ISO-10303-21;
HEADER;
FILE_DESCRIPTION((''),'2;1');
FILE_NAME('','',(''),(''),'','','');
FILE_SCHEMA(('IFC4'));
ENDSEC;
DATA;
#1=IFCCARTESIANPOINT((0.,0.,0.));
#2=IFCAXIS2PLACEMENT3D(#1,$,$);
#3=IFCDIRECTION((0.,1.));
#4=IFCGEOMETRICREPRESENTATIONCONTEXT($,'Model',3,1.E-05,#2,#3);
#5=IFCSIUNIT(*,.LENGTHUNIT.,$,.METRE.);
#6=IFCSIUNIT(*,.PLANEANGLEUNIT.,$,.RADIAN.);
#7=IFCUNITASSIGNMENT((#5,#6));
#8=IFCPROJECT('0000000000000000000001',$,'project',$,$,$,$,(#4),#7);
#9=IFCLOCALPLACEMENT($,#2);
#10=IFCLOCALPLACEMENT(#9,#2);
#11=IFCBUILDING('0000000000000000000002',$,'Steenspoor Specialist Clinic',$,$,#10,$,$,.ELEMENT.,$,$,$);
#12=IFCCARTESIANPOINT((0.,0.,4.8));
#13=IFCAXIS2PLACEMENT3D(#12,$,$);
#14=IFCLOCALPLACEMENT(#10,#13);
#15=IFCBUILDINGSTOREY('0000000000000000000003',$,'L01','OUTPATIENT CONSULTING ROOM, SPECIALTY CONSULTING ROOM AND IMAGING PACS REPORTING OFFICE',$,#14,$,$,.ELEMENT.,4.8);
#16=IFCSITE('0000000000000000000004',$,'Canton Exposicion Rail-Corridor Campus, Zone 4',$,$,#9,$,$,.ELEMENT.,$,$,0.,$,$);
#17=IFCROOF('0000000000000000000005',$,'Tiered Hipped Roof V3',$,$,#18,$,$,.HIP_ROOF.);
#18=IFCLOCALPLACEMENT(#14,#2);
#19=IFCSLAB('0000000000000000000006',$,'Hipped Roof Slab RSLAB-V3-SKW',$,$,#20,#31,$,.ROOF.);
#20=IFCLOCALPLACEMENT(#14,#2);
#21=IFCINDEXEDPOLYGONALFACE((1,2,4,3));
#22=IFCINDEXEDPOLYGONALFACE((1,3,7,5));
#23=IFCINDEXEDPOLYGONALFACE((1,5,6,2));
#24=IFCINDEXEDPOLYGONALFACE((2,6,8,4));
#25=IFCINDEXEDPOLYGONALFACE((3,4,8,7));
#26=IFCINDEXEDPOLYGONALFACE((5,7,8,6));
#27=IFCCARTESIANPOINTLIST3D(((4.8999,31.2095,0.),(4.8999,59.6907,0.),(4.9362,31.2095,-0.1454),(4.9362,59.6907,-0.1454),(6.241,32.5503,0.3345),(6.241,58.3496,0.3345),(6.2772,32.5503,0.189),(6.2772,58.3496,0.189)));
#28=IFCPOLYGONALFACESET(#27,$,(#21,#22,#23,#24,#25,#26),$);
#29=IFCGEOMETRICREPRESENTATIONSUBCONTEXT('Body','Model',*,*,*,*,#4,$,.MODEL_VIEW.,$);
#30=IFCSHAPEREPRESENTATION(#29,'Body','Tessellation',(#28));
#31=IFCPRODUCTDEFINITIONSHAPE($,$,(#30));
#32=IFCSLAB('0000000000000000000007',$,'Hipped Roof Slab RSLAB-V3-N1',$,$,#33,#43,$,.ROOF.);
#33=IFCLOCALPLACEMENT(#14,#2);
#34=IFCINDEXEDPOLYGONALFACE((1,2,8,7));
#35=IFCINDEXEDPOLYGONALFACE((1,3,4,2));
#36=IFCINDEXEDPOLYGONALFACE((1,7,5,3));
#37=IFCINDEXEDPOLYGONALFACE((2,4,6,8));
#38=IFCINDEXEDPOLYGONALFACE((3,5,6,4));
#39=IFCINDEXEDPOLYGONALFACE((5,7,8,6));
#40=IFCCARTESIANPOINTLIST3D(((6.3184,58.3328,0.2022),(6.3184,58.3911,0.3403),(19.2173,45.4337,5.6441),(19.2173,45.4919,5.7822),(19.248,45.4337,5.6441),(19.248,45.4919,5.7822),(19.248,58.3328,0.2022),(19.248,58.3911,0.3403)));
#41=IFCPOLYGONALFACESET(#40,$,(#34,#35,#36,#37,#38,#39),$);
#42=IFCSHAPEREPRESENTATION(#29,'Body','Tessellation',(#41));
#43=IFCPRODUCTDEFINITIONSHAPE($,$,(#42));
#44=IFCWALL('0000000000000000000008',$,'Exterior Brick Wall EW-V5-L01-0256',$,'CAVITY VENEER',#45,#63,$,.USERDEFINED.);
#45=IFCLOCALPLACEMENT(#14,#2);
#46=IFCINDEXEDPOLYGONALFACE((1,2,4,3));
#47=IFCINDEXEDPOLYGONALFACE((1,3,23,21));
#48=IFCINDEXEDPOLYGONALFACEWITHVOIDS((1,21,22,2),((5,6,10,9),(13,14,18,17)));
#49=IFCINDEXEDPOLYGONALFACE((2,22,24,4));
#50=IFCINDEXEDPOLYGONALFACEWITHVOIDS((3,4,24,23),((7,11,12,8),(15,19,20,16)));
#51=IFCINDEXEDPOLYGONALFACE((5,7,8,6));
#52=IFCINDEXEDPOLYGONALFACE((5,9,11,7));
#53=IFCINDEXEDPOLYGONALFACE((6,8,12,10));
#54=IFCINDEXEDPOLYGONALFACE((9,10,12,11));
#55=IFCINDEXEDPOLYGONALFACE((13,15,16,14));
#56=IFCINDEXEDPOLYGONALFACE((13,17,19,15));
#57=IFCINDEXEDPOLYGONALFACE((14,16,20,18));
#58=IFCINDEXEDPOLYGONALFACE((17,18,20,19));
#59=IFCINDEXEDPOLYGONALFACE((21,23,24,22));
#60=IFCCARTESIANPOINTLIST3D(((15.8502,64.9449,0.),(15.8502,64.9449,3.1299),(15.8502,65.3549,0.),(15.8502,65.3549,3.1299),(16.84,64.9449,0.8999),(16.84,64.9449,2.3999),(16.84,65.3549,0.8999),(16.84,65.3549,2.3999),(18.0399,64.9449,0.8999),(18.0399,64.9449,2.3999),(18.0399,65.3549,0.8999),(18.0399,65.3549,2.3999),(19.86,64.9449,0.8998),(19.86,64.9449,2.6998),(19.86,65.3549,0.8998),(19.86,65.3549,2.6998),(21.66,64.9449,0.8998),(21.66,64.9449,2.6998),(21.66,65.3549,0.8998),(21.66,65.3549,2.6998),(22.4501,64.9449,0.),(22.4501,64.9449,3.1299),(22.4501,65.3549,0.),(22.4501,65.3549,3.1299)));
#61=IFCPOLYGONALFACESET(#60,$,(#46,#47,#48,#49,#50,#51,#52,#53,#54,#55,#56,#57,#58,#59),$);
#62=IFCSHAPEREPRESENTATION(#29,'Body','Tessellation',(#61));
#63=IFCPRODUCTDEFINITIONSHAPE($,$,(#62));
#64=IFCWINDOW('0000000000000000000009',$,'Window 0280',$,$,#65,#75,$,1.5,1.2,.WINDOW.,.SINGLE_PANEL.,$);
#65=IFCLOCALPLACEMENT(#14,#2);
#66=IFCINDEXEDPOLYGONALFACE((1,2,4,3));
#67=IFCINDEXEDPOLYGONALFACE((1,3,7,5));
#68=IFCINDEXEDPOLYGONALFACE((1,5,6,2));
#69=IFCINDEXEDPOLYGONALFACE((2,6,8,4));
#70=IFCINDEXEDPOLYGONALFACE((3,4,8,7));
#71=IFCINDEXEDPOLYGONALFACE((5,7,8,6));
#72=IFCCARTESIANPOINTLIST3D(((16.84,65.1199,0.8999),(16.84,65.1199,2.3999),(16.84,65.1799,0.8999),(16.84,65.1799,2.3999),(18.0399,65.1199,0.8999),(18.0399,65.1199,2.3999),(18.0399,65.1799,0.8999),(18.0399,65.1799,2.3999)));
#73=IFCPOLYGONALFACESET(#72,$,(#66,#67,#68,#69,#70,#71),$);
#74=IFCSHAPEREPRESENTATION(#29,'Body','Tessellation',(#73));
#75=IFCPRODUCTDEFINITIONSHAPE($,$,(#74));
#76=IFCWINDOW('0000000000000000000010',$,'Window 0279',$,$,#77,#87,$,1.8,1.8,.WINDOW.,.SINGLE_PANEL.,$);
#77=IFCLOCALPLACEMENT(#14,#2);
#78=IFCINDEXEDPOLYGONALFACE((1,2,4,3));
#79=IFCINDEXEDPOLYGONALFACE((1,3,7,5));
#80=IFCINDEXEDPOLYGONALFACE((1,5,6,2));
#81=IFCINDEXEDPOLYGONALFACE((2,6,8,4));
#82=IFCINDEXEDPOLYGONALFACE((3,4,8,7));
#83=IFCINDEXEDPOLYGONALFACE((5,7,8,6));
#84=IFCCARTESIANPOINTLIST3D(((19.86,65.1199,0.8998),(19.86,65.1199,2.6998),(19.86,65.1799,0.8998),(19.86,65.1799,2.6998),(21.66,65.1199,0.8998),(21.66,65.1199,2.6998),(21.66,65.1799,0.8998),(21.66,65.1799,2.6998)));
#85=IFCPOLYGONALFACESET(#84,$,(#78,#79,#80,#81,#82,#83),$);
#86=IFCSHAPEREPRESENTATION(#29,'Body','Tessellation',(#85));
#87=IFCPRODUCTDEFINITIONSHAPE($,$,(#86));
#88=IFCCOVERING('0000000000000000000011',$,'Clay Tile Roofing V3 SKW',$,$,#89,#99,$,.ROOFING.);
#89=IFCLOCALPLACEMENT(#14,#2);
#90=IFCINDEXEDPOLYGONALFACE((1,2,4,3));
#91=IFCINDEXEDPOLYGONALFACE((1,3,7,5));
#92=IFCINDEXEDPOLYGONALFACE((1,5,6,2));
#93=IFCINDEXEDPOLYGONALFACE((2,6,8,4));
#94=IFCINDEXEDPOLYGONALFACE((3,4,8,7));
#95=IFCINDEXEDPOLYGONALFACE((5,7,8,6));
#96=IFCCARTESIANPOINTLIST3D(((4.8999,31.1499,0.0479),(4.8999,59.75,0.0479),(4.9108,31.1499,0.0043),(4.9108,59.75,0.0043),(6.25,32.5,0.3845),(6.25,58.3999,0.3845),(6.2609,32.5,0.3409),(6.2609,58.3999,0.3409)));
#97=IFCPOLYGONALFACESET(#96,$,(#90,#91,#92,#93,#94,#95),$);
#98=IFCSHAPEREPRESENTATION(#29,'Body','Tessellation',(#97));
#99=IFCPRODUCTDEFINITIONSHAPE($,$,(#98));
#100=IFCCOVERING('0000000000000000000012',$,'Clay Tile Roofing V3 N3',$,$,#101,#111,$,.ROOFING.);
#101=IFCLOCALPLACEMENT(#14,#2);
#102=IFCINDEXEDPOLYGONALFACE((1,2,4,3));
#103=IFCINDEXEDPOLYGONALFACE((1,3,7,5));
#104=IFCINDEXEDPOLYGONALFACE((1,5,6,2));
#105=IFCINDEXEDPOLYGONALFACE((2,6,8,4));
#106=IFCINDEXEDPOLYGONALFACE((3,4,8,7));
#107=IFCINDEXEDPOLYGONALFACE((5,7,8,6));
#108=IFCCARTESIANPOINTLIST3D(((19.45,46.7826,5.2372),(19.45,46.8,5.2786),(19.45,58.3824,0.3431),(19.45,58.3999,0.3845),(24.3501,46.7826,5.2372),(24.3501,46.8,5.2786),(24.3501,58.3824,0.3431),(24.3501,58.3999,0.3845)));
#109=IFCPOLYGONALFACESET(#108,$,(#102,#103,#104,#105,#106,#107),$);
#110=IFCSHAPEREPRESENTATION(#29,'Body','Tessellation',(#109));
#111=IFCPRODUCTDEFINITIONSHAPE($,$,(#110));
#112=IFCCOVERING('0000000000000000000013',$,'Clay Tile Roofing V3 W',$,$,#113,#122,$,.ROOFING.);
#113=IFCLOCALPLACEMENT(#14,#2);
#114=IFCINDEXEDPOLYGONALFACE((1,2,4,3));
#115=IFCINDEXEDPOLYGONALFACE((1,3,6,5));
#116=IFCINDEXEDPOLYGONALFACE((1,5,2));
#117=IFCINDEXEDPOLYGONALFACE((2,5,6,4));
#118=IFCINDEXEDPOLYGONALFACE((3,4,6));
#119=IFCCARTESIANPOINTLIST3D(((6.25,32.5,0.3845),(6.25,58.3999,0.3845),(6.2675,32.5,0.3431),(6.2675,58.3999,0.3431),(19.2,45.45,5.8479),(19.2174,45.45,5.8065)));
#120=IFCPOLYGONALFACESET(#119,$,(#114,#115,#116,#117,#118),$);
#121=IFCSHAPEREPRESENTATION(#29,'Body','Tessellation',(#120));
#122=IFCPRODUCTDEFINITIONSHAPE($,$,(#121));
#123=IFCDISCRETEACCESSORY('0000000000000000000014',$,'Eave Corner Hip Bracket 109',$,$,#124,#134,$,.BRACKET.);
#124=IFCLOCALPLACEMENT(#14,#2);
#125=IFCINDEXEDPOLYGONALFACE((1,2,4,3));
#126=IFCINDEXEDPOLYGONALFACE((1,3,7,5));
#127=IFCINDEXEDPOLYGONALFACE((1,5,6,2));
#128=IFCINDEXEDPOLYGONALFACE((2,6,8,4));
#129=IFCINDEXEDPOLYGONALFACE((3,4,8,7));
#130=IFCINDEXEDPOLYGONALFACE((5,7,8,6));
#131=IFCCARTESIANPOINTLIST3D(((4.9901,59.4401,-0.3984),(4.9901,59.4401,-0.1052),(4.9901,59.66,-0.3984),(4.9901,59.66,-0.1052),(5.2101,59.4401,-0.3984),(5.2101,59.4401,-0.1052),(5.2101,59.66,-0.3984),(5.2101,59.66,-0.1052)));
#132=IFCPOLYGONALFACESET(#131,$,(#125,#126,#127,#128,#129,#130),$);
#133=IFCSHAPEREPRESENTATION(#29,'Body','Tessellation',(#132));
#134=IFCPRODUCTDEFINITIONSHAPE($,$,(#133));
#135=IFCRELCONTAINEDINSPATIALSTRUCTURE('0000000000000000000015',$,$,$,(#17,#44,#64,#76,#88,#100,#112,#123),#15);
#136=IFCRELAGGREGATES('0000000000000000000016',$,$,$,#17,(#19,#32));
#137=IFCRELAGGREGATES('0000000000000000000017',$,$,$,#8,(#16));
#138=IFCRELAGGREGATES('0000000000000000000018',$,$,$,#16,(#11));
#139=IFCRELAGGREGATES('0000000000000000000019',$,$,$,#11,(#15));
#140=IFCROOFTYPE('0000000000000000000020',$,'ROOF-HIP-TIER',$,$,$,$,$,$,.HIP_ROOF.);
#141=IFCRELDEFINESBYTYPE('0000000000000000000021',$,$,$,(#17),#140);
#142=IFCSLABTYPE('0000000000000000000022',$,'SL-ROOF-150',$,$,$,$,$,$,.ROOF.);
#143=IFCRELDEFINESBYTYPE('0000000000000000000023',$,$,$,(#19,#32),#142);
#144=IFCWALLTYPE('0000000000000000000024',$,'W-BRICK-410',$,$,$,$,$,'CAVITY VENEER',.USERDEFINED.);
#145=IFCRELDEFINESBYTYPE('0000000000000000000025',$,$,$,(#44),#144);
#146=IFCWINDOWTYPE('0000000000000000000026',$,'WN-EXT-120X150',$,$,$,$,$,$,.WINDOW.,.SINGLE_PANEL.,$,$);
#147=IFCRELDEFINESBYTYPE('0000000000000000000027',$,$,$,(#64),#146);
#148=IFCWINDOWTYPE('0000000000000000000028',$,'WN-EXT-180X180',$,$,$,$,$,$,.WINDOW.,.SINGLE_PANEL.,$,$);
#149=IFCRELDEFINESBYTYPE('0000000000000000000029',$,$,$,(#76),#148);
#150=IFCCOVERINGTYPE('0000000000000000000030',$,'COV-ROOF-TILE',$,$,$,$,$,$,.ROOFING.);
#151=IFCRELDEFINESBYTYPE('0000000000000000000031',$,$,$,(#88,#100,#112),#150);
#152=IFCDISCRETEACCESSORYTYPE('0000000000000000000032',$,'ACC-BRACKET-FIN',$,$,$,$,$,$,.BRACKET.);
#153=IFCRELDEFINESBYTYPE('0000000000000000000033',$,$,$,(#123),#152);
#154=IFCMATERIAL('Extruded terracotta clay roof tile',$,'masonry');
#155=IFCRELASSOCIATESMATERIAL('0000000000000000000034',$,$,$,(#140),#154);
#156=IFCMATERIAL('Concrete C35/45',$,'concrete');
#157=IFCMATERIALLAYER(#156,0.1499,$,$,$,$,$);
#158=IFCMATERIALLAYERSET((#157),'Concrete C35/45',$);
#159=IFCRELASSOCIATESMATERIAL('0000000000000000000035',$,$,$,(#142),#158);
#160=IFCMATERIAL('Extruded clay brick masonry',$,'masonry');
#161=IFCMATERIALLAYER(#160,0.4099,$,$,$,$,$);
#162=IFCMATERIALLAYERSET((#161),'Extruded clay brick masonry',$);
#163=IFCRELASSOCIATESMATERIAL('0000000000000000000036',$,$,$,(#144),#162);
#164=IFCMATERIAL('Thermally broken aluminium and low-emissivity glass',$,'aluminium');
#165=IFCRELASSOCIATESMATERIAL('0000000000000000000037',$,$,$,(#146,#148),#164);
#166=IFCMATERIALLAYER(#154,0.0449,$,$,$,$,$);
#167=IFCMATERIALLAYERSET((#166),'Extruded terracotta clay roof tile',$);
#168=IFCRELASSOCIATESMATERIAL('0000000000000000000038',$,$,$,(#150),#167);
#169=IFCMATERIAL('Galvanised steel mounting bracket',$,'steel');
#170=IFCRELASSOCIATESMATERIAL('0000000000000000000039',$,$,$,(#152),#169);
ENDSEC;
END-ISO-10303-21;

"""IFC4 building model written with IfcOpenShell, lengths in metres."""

from ifc_helpers import new_model, si_unit, direction, frame, frame_2d, origin, origin_2d, place, context, subcontext, project, spatial, polyline, rectangle, outline, extrude, material, layer, layer_set, type_object, element, fill, aggregate, save


model = new_model("IFC4")

# Units and contexts
model_context = context("Model", 3, precision=1e-05, world=origin(), true_north=direction((0.0, 1.0)))
body_context = subcontext(model_context, "Body", "Model", "MODEL_VIEW")
ifc_project = project(units=[si_unit("LENGTHUNIT", "METRE"), si_unit("PLANEANGLEUNIT", "RADIAN")], contexts=[model_context])

# Site, building, storey
site_placement = place(None, origin())
site = spatial("IfcSite", under=ifc_project, at=site_placement, Name="Canton Exposicion Rail-Corridor Campus, Zone 4", CompositionType="ELEMENT", RefElevation=0.0)
building_placement = place(site_placement, origin())
building = spatial("IfcBuilding", under=site, at=building_placement, Name="Steenspoor Specialist Clinic", CompositionType="ELEMENT")
storey_placement = place(building_placement, frame((0.0, 0.0, 4.8)))
storey = spatial("IfcBuildingStorey", under=building, at=storey_placement, Name="L01", Description="OUTPATIENT CONSULTING ROOM, SPECIALTY CONSULTING ROOM AND IMAGING PACS REPORTING OFFICE", CompositionType="ELEMENT", Elevation=4.8)

# Shared definitions
ifc_material_1 = material(Name="Concrete C35/45", Category="concrete")

# Roof, slabs
ifc_material_2 = material(Name="Extruded terracotta clay roof tile", Category="masonry")
roof_type = type_object("IfcRoofType", Name="ROOF-HIP-TIER", PredefinedType="HIP_ROOF", material=ifc_material_2)
roof_placement = place(storey_placement, origin())
roof = element("IfcRoof", 1, at=roof_placement, inside=storey, type_object=roof_type, Name="Tiered Hipped Roof V3", PredefinedType="HIP_ROOF")
ifc_layer_1 = layer(ifc_material_1, 0.1499)
ifc_layer_set_1 = layer_set([ifc_layer_1], Name="Concrete C35/45")
slab_type = type_object("IfcSlabType", Name="SL-ROOF-150", PredefinedType="ROOF", material=ifc_layer_set_1)
slab_1_placement = place(storey_placement, frame((6.241, 58.3496, 0.3345), z_axis=(-0.241995, 0.0, 0.970277), x_axis=(-0.696361, 0.696361, -0.173678)))
slab_1 = element("IfcSlab", 2, at=slab_1_placement, type_object=slab_type, Name="Hipped Roof Slab RSLAB-V3-SKW", PredefinedType="ROOF", context=body_context, shape_type="SweptSolid", body=[
    extrude(outline(polyline([(0.0, 0.0), (1.9258, 0.0), (-17.9074, 20.4407), (-17.9656, 18.516), (0.0, 0.0)])), origin(), (0.0, 0.0, -1.0), 0.1499),
])
slab_2_placement = place(storey_placement, frame((19.248, 58.3911, 0.3403), z_axis=(0.0, 0.388704, 0.921363), x_axis=(-1.0, 0.0, 0.0)))
slab_2 = element("IfcSlab", 3, at=slab_2_placement, type_object=slab_type, Name="Hipped Roof Slab RSLAB-V3-N1", PredefinedType="ROOF", context=body_context, shape_type="SweptSolid", body=[
    extrude(outline(polyline([(0.0, 0.0), (12.9297, 0.0), (0.0308, 14.0001), (0.0, 14.0001), (0.0, 0.0)])), origin(), (0.0, 0.0, -1.0), 0.1499),
])
aggregate(roof, [slab_1, slab_2])

# Wall, openings, windows
ifc_material_3 = material(Name="Extruded clay brick masonry", Category="masonry")
ifc_layer_2 = layer(ifc_material_3, 0.4099)
ifc_layer_set_2 = layer_set([ifc_layer_2], Name="Extruded clay brick masonry")
wall_type = type_object("IfcWallType", Name="W-BRICK-410", ElementType="CAVITY VENEER", PredefinedType="USERDEFINED", material=ifc_layer_set_2)
wall_placement = place(storey_placement, frame((22.45, 65.1499, 0.0), z_axis=(0.0, 0.0, 1.0), x_axis=(-1.0, 0.0, 0.0)))
wall = element("IfcWall", 4, at=wall_placement, inside=storey, type_object=wall_type, Name="Exterior Brick Wall EW-V5-L01-0256", ObjectType="CAVITY VENEER", PredefinedType="USERDEFINED", context=body_context, shape_type="SweptSolid", body=[
    extrude(rectangle(XDim=6.5999, YDim=0.4099, at=frame_2d((3.2998, 0.0))), origin(), (0.0, 0.0, 1.0), 3.1299),
])
opening_1_placement = place(wall_placement, frame((0.79, 0.0, 0.8999)))
opening_1 = element("IfcOpeningElement", 5, at=opening_1_placement, cuts=wall, PredefinedType="OPENING", context=body_context, shape_type="SweptSolid", body=[
    extrude(rectangle(XDim=1.8, YDim=1.8, at=frame_2d((0.8999, 0.8999))), frame((0.0, 0.2148, 0.0), z_axis=(0.0, -1.0, 0.0), x_axis=(1.0, 0.0, 0.0)), (0.0, 0.0, 1.0), 0.4299),
])
opening_2_placement = place(wall_placement, frame((4.4099, 0.0, 0.8999)))
opening_2 = element("IfcOpeningElement", 6, at=opening_2_placement, cuts=wall, PredefinedType="OPENING", context=body_context, shape_type="SweptSolid", body=[
    extrude(rectangle(XDim=1.2, YDim=1.5, at=frame_2d((0.6001, 0.75))), frame((0.0, 0.2148, 0.0), z_axis=(0.0, -1.0, 0.0), x_axis=(1.0, 0.0, 0.0)), (0.0, 0.0, 1.0), 0.4299),
])
ifc_material_4 = material(Name="Thermally broken aluminium and low-emissivity glass", Category="aluminium")
window_type_1 = type_object("IfcWindowType", Name="WN-EXT-120X150", PartitioningType="SINGLE_PANEL", PredefinedType="WINDOW", material=ifc_material_4)
window_1_placement = place(opening_2_placement, origin())
window_1 = element("IfcWindow", 7, at=window_1_placement, inside=storey, type_object=window_type_1, Name="Window 0280", OverallHeight=1.5, OverallWidth=1.2, PartitioningType="SINGLE_PANEL", PredefinedType="WINDOW", context=body_context, shape_type="SweptSolid", body=[
    extrude(rectangle(XDim=1.2, YDim=1.5, at=frame_2d((0.6001, 0.75))), frame((0.0, 0.03, 0.0), z_axis=(0.0, -1.0, 0.0), x_axis=(1.0, 0.0, 0.0)), (0.0, 0.0, 1.0), 0.0601),
])
fill(opening_2, window_1)
window_type_2 = type_object("IfcWindowType", Name="WN-EXT-180X180", PartitioningType="SINGLE_PANEL", PredefinedType="WINDOW", material=ifc_material_4)
window_2_placement = place(opening_1_placement, origin())
window_2 = element("IfcWindow", 8, at=window_2_placement, inside=storey, type_object=window_type_2, Name="Window 0279", OverallHeight=1.8, OverallWidth=1.8, PartitioningType="SINGLE_PANEL", PredefinedType="WINDOW", context=body_context, shape_type="SweptSolid", body=[
    extrude(rectangle(XDim=1.8, YDim=1.8, at=frame_2d((0.8999, 0.8999))), frame((0.0, 0.03, 0.0), z_axis=(0.0, -1.0, 0.0), x_axis=(1.0, 0.0, 0.0)), (0.0, 0.0, 1.0), 0.0601),
])
fill(opening_1, window_2)

# Coverings
ifc_layer_3 = layer(ifc_material_2, 0.0449)
ifc_layer_set_3 = layer_set([ifc_layer_3], Name="Extruded terracotta clay roof tile")
covering_type = type_object("IfcCoveringType", Name="COV-ROOF-TILE", PredefinedType="ROOFING", material=ifc_layer_set_3)
covering_1_placement = place(storey_placement, frame((4.8999, 59.75, 0.0479), z_axis=(-0.241958, 0.0, 0.970287), x_axis=(0.0, -1.0, 0.0)))
element("IfcCovering", 9, at=covering_1_placement, inside=storey, type_object=covering_type, Name="Clay Tile Roofing V3 SKW", PredefinedType="ROOFING", context=body_context, shape_type="SweptSolid", body=[
    extrude(outline(polyline([(0.0, 0.0), (28.6001, 0.0), (27.25, 1.3914), (1.3501, 1.3914), (0.0, 0.0)])), origin(), (0.0, 0.0, -1.0), 0.0449),
])
covering_2_placement = place(storey_placement, frame((19.45, 58.3999, 0.3845), z_axis=(0.0, 0.388724, 0.921354), x_axis=(0.0, -0.921354, 0.388724)))
element("IfcCovering", 10, at=covering_2_placement, inside=storey, type_object=covering_type, Name="Clay Tile Roofing V3 N3", PredefinedType="ROOFING", context=body_context, shape_type="SweptSolid", body=[
    extrude(outline(polyline([(0.0, 0.0), (12.59, 0.0), (12.59, 4.9001), (0.0, 4.9001), (0.0, 0.0)])), origin(), (0.0, 0.0, -1.0), 0.0449),
])
covering_3_placement = place(storey_placement, frame((6.25, 58.3999, 0.3845), z_axis=(-0.388708, 0.0, 0.921361), x_axis=(0.0, -1.0, 0.0)))
element("IfcCovering", 11, at=covering_3_placement, inside=storey, type_object=covering_type, Name="Clay Tile Roofing V3 W", PredefinedType="ROOFING", context=body_context, shape_type="SweptSolid", body=[
    extrude(outline(polyline([(0.0, 0.0), (25.8999, 0.0), (12.95, 14.0552), (0.0, 0.0)])), origin(), (0.0, 0.0, -1.0), 0.0449),
])

# Discrete accessory
ifc_material_5 = material(Name="Galvanised steel mounting bracket", Category="steel")
discrete_accessory_type = type_object("IfcDiscreteAccessoryType", Name="ACC-BRACKET-FIN", PredefinedType="BRACKET", material=ifc_material_5)
discrete_accessory_placement = place(storey_placement, frame((5.1001, 59.55, -0.3984), z_axis=(0.0, 0.0, 1.0), x_axis=(1.0, 0.0, 0.0)))
element("IfcDiscreteAccessory", 12, at=discrete_accessory_placement, inside=storey, type_object=discrete_accessory_type, Name="Eave Corner Hip Bracket 109", PredefinedType="BRACKET", context=body_context, shape_type="SweptSolid", body=[
    extrude(rectangle(XDim=0.22, YDim=0.22, at=origin_2d()), origin(), (0.0, 0.0, 1.0), 0.2932),
])

save(model, "model.ifc")
